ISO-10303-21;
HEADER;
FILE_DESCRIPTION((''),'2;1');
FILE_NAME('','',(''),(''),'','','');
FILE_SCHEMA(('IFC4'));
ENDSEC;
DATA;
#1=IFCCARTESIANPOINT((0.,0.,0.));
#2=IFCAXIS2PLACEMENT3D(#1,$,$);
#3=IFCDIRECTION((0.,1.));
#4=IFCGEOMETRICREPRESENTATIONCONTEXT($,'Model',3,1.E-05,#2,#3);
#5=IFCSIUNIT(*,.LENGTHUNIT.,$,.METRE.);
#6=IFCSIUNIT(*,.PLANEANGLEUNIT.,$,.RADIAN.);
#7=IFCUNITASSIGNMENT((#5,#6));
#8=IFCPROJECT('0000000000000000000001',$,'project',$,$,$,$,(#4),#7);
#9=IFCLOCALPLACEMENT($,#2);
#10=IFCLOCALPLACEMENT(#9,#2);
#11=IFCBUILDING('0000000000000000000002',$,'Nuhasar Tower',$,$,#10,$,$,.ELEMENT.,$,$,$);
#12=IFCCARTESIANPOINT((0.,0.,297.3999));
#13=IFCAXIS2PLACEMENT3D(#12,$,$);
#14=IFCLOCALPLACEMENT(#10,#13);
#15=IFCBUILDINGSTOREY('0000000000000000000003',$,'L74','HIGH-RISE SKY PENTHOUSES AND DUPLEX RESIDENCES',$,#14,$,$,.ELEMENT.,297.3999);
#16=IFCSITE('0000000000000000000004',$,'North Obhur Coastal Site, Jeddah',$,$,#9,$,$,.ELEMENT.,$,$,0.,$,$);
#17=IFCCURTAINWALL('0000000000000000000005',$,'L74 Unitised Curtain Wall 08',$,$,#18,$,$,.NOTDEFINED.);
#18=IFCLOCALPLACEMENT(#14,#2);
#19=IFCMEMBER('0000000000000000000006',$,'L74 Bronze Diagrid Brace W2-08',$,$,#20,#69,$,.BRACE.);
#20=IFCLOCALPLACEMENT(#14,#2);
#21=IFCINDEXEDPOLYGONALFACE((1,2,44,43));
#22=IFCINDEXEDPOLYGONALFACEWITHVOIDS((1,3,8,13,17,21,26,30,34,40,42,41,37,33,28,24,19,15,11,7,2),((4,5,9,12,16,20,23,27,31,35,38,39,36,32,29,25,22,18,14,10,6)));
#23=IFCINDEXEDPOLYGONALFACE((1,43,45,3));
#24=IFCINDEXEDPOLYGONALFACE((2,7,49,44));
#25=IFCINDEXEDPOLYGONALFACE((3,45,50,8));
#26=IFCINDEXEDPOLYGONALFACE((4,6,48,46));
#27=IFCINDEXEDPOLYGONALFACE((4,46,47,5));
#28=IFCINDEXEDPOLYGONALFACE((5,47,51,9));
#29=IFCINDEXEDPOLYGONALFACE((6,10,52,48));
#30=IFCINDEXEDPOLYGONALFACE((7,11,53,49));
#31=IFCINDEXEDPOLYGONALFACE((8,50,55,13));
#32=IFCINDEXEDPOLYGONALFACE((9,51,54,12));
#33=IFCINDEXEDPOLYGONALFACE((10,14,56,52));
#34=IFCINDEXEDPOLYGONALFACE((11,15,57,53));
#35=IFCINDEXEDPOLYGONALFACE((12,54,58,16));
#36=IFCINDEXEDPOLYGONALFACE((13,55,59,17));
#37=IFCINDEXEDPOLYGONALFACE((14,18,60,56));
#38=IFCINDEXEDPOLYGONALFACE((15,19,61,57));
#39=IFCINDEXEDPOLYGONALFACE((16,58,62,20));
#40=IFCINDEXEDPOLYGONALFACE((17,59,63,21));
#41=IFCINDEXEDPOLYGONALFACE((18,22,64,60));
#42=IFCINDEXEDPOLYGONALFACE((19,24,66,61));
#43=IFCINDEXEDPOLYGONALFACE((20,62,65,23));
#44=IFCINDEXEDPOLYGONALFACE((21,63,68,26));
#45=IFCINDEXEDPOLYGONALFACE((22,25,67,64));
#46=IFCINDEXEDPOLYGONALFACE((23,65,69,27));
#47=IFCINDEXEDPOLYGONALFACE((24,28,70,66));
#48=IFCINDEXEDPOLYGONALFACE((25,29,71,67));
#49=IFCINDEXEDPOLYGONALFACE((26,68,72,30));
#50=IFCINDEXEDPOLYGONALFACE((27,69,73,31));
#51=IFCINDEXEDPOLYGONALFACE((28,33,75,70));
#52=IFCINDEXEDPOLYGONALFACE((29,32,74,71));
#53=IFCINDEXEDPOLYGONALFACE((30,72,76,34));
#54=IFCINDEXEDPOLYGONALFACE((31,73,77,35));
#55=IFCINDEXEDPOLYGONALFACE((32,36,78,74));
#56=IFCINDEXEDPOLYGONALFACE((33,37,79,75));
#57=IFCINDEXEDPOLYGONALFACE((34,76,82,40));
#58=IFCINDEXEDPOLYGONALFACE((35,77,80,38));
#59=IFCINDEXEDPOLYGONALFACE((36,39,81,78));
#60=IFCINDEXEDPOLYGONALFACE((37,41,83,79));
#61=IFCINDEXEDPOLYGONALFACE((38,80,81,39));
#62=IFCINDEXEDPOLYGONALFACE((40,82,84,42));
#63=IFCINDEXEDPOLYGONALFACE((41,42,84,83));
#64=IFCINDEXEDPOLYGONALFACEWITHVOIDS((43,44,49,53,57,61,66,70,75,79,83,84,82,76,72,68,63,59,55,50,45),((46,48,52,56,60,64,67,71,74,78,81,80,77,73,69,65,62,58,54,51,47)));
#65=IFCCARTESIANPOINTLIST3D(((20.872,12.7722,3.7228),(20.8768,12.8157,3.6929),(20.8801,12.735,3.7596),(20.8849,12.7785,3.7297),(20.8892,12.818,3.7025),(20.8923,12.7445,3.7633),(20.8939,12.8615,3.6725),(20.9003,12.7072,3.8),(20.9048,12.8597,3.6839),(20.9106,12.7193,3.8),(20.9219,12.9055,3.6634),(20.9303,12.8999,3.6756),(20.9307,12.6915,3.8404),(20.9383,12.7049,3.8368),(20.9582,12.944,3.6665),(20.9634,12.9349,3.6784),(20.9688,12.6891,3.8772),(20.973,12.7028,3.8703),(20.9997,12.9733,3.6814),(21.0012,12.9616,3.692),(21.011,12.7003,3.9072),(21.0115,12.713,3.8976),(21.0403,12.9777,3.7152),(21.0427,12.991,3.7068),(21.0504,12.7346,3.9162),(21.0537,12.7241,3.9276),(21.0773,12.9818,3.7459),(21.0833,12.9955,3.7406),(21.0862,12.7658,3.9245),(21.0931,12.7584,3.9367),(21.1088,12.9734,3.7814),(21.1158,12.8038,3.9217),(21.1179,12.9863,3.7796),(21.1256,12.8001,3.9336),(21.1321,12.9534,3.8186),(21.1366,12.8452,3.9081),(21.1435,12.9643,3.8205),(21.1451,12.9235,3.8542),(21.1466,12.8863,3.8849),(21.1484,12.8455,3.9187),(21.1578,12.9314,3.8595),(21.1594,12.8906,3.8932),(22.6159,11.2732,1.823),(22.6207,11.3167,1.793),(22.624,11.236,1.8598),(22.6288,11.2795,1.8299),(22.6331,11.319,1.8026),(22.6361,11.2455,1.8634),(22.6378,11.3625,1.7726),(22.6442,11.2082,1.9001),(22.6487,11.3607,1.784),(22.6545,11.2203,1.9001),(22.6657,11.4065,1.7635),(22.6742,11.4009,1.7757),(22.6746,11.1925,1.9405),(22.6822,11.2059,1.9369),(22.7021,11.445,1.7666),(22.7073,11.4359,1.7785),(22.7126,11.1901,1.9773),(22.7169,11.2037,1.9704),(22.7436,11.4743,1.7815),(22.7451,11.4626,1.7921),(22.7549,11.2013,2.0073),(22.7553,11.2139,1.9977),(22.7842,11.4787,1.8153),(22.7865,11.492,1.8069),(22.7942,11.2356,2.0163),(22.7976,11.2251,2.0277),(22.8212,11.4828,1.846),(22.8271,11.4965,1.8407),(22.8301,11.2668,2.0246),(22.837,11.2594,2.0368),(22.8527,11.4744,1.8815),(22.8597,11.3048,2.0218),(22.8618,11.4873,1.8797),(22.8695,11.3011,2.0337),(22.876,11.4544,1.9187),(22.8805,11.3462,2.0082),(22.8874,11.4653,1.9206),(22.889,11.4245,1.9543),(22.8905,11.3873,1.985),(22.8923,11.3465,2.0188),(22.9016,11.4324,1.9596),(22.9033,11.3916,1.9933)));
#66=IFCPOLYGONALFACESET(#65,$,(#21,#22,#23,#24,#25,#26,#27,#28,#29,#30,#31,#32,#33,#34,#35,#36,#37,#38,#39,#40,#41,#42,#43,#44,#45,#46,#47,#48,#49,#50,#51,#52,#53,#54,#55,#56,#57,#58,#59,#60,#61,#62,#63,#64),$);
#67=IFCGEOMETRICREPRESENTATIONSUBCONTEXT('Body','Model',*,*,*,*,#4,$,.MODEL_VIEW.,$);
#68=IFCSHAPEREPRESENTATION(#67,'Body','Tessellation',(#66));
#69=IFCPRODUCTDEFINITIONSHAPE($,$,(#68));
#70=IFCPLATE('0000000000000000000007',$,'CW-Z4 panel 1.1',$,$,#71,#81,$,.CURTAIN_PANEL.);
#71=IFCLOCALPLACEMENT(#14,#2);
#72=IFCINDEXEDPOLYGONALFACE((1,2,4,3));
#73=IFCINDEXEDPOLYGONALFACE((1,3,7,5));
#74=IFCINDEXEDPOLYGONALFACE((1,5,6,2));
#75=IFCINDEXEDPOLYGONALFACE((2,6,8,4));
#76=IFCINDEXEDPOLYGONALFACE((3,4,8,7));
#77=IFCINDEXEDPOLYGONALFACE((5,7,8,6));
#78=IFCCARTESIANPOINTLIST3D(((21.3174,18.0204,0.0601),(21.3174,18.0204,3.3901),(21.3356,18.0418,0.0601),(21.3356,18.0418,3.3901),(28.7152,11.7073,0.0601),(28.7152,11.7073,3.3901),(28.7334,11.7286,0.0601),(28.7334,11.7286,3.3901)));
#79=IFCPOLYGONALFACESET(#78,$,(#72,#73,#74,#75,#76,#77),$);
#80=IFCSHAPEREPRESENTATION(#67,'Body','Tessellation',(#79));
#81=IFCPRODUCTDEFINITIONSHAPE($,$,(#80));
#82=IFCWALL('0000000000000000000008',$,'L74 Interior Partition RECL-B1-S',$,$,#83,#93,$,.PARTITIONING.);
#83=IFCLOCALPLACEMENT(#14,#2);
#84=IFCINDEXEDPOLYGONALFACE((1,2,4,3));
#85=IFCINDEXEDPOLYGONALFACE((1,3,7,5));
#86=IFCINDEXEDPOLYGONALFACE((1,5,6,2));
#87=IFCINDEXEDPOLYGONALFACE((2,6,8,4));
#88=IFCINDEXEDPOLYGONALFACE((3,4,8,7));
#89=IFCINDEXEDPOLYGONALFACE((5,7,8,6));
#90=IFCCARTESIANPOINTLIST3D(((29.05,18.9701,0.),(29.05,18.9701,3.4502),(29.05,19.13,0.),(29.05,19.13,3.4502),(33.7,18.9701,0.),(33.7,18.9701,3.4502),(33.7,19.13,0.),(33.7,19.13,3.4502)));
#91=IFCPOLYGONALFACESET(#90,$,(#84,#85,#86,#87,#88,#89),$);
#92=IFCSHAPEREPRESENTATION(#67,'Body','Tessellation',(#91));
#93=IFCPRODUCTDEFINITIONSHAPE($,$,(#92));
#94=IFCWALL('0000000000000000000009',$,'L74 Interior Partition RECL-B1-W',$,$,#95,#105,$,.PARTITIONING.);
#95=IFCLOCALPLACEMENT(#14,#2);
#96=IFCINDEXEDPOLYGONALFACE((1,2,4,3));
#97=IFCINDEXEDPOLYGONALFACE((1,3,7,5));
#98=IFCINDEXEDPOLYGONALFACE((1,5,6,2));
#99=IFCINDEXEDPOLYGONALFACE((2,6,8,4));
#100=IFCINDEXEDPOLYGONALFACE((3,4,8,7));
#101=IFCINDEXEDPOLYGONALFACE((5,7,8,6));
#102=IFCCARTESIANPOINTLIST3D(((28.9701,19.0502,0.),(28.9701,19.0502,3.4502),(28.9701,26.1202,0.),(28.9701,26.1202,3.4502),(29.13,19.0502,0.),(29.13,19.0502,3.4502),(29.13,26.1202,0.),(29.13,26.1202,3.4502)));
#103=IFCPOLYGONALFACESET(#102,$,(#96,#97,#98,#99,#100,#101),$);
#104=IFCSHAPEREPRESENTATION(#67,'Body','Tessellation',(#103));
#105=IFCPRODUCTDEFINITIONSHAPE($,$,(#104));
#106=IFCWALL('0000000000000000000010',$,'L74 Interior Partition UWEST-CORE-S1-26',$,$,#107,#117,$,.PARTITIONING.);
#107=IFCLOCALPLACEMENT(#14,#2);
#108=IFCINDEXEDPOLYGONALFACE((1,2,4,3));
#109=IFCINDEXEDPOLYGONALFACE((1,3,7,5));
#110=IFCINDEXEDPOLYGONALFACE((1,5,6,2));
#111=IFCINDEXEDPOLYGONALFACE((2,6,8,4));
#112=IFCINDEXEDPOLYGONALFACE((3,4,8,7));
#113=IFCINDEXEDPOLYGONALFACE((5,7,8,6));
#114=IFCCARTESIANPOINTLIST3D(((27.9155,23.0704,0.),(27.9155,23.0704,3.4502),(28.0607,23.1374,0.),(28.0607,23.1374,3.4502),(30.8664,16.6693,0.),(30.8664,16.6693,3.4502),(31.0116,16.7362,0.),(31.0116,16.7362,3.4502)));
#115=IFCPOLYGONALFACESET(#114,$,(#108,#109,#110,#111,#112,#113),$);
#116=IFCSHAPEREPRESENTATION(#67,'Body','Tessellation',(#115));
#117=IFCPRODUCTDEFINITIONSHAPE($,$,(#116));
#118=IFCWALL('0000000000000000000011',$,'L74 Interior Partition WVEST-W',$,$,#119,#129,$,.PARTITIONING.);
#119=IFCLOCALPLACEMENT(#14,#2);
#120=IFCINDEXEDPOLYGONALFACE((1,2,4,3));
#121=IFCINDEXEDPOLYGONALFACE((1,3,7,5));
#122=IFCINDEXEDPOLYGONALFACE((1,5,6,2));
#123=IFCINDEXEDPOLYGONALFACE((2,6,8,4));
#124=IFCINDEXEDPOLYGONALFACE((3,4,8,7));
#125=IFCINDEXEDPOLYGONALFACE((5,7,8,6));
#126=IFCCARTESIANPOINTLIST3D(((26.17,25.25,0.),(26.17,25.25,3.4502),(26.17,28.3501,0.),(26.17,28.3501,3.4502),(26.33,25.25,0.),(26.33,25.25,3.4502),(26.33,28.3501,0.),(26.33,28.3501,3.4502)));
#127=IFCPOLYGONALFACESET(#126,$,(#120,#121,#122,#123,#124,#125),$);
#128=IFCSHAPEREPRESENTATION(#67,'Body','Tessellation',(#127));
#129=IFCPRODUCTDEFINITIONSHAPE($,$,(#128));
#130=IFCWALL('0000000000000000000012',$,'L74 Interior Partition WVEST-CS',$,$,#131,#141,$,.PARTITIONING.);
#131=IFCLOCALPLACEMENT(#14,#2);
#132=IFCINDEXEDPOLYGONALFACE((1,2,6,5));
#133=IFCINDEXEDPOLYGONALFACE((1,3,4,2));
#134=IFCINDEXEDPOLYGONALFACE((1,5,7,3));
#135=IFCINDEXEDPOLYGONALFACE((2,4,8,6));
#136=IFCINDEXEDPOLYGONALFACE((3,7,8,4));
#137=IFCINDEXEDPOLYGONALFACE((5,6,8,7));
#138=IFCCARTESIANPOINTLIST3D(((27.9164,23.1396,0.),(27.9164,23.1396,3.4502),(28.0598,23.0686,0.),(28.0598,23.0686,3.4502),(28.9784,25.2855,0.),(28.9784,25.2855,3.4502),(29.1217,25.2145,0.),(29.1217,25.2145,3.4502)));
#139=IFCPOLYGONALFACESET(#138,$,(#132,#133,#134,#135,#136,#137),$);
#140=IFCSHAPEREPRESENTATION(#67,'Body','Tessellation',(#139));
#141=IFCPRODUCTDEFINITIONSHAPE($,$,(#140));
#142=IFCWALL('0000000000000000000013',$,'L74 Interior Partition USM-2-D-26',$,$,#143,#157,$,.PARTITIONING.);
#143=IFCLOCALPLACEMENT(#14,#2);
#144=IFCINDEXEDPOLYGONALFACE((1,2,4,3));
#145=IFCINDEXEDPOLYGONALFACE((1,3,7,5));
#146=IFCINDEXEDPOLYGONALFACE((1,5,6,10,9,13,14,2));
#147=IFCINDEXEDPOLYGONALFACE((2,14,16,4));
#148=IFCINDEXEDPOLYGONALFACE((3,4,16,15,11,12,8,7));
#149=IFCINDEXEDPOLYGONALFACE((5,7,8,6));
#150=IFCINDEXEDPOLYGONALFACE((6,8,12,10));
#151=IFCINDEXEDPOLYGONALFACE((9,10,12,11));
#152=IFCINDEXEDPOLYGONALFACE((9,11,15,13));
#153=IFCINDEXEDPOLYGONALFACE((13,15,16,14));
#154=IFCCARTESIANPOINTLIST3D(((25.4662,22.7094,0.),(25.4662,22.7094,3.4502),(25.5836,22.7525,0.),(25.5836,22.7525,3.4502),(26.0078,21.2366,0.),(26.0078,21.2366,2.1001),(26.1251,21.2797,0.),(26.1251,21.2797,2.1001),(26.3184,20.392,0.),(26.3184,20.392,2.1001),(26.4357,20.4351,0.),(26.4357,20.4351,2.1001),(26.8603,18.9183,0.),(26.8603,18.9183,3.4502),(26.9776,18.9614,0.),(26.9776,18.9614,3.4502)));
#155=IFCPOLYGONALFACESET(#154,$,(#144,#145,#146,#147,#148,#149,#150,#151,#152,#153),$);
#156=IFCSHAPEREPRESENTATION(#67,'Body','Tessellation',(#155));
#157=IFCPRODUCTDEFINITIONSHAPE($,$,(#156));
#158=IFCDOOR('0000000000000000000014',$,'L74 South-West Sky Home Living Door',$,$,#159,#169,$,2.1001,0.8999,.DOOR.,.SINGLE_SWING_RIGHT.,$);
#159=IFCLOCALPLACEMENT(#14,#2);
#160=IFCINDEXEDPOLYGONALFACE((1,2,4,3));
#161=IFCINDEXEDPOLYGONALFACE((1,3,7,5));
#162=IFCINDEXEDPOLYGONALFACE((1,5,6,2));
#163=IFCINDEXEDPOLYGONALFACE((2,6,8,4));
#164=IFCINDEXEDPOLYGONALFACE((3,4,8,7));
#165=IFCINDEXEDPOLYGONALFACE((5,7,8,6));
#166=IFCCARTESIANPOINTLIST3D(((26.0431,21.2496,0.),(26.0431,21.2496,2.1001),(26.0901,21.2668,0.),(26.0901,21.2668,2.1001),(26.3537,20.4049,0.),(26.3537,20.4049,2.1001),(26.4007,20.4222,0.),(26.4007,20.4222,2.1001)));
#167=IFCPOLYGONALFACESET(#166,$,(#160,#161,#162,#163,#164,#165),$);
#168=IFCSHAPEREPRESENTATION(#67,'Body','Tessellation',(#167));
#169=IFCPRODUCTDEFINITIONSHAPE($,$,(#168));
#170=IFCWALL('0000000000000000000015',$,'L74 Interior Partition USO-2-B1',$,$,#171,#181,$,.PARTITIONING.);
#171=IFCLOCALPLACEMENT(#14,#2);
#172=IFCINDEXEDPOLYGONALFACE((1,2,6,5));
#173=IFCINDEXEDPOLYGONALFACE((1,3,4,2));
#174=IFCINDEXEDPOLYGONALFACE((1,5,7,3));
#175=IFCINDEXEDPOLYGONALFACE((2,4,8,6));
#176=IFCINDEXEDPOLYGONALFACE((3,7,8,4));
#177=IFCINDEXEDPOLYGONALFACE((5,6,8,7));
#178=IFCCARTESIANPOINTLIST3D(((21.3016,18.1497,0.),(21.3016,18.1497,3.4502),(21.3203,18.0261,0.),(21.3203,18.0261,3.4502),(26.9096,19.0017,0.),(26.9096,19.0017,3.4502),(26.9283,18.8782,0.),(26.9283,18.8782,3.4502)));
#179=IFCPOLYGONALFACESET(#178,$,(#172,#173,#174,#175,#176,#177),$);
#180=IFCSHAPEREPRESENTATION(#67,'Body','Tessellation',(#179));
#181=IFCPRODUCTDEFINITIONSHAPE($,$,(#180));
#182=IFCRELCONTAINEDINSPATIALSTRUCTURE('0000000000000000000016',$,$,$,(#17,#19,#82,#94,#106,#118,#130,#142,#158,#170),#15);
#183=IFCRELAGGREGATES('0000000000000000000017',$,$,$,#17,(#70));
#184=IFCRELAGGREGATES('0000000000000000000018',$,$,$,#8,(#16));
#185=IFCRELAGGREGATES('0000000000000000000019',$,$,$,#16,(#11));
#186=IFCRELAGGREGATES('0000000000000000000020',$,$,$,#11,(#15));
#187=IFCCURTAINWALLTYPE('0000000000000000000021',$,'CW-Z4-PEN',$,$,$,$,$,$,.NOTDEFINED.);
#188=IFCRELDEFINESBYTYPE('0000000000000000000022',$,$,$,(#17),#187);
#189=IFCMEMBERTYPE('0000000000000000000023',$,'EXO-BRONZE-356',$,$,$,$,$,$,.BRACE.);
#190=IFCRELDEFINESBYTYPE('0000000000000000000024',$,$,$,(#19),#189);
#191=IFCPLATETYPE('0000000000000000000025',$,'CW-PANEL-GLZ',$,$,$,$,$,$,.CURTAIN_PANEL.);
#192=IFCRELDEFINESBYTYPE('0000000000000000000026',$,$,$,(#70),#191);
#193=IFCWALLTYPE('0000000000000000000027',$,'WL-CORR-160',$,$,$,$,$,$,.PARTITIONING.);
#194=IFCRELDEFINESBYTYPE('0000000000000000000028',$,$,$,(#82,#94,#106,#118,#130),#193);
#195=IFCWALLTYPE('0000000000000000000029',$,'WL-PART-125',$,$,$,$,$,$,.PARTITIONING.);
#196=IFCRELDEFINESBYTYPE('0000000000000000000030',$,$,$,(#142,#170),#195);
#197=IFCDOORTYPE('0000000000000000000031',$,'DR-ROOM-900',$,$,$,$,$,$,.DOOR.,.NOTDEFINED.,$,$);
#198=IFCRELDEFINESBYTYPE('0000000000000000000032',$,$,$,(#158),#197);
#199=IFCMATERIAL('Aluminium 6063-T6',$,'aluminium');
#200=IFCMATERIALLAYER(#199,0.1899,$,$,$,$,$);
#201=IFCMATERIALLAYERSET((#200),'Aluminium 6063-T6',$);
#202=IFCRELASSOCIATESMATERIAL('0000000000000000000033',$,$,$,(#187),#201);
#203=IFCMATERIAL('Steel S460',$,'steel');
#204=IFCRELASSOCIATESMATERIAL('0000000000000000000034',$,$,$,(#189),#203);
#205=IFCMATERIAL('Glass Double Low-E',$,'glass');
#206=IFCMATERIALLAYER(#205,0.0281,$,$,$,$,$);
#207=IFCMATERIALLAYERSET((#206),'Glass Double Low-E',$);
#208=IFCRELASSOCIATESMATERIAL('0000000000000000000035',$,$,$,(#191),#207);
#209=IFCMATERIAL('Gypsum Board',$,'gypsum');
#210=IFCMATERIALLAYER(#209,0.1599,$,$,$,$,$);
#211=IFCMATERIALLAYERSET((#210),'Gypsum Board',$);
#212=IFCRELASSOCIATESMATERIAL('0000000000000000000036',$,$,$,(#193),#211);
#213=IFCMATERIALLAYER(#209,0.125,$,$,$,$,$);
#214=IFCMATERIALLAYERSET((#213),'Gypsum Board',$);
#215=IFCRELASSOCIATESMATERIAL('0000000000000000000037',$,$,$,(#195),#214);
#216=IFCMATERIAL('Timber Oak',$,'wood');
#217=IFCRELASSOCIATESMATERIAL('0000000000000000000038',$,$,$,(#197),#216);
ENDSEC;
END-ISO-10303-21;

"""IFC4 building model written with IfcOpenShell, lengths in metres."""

from ifc_helpers import new_model, si_unit, direction, frame, frame_2d, origin, origin_2d, place, context, subcontext, project, spatial, rectangle, hollow_circle, extrude, material, layer, layer_set, material_profile, profile_set, type_object, element, fill, aggregate, save


model = new_model("IFC4")

# Units and contexts
model_context = context("Model", 3, precision=1e-05, world=origin(), true_north=direction((0.0, 1.0)))
body_context = subcontext(model_context, "Body", "Model", "MODEL_VIEW")
ifc_project = project(units=[si_unit("LENGTHUNIT", "METRE"), si_unit("PLANEANGLEUNIT", "RADIAN")], contexts=[model_context])

# Site, building, storey
site_placement = place(None, origin())
site = spatial("IfcSite", under=ifc_project, at=site_placement, Name="North Obhur Coastal Site, Jeddah", CompositionType="ELEMENT", RefElevation=0.0)
building_placement = place(site_placement, origin())
building = spatial("IfcBuilding", under=site, at=building_placement, Name="Nuhasar Tower", CompositionType="ELEMENT")
storey_placement = place(building_placement, frame((0.0, 0.0, 297.3999)))
storey = spatial("IfcBuildingStorey", under=building, at=storey_placement, Name="L74", Description="HIGH-RISE SKY PENTHOUSES AND DUPLEX RESIDENCES", CompositionType="ELEMENT", Elevation=297.3999)

# Curtain wall
ifc_material_1 = material(Name="Aluminium 6063-T6", Category="aluminium")
ifc_layer_1 = layer(ifc_material_1, 0.1899)
ifc_layer_set_1 = layer_set([ifc_layer_1], Name="Aluminium 6063-T6")
curtain_wall_type = type_object("IfcCurtainWallType", Name="CW-Z4-PEN", PredefinedType="NOTDEFINED", material=ifc_layer_set_1)
curtain_wall_1_placement = place(storey_placement, origin())
curtain_wall_1 = element("IfcCurtainWall", 1, at=curtain_wall_1_placement, inside=storey, type_object=curtain_wall_type, Name="L74 Unitised Curtain Wall 08", PredefinedType="NOTDEFINED")

# Member
ifc_material_2 = material(Name="Steel S460", Category="steel")
ifc_material_profile_1 = material_profile(ifc_material_2, hollow_circle(Radius=0.1777, WallThickness=0.0159, at=origin_2d()), Name="HSS355.6X15.9")
ifc_profile_set_1 = profile_set([ifc_material_profile_1], Name="Steel S460")
member_type_1 = type_object("IfcMemberType", Name="EXO-BRONZE-356", PredefinedType="BRACE", material=ifc_profile_set_1)
member_1_placement = place(storey_placement, frame((22.76, 11.343, 1.9001), z_axis=(-0.584625, 0.502534, 0.636925), x_axis=(-0.651857, -0.758342, 0.0)))
element("IfcMember", 2, at=member_1_placement, inside=storey, type_object=member_type_1, Name="L74 Bronze Diagrid Brace W2-08", PredefinedType="BRACE", context=body_context, shape_type="SweptSolid", body=[
    extrude(hollow_circle(Radius=0.1777, WallThickness=0.0159, at=origin_2d()), origin(), (0.0, 0.0, 1.0), 2.9829),
])

# Plate
ifc_material_3 = material(Name="Glass Double Low-E", Category="glass")
ifc_layer_2 = layer(ifc_material_3, 0.0281)
ifc_layer_set_2 = layer_set([ifc_layer_2], Name="Glass Double Low-E")
plate_type = type_object("IfcPlateType", Name="CW-PANEL-GLZ", PredefinedType="CURTAIN_PANEL", material=ifc_layer_set_2)
plate_placement = place(storey_placement, frame((25.0254, 14.8745, 0.0601), z_axis=(0.0, 0.0, 1.0), x_axis=(0.760667, -0.649142, 0.0)))
plate = element("IfcPlate", 3, at=plate_placement, type_object=plate_type, Name="CW-Z4 panel 1.1", PredefinedType="CURTAIN_PANEL", context=body_context, shape_type="SweptSolid", body=[
    extrude(rectangle(XDim=9.7253, YDim=0.0281, at=origin_2d()), origin(), (0.0, 0.0, 1.0), 3.3301),
])
aggregate(curtain_wall_1, [plate])

# Walls
ifc_material_4 = material(Name="Gypsum Board", Category="gypsum")
ifc_layer_3 = layer(ifc_material_4, 0.1599)
ifc_layer_set_3 = layer_set([ifc_layer_3], Name="Gypsum Board")
wall_type_1 = type_object("IfcWallType", Name="WL-CORR-160", PredefinedType="PARTITIONING", material=ifc_layer_set_3)
wall_1_placement = place(storey_placement, frame((29.05, 19.05, 0.0), z_axis=(0.0, 0.0, 1.0), x_axis=(1.0, 0.0, 0.0)))
element("IfcWall", 4, at=wall_1_placement, inside=storey, type_object=wall_type_1, Name="L74 Interior Partition RECL-B1-S", PredefinedType="PARTITIONING", context=body_context, shape_type="SweptSolid", body=[
    extrude(rectangle(XDim=4.6499, YDim=0.1599, at=frame_2d((2.325, 0.0))), origin(), (0.0, 0.0, 1.0), 3.4502),
])
wall_2_placement = place(storey_placement, frame((29.05, 19.05, 0.0), z_axis=(0.0, 0.0, 1.0), x_axis=(0.0, 1.0, 0.0)))
element("IfcWall", 5, at=wall_2_placement, inside=storey, type_object=wall_type_1, Name="L74 Interior Partition RECL-B1-W", PredefinedType="PARTITIONING", context=body_context, shape_type="SweptSolid", body=[
    extrude(rectangle(XDim=7.0701, YDim=0.1599, at=frame_2d((3.5352, 0.0))), origin(), (0.0, 0.0, 1.0), 3.4502),
])
wall_3_placement = place(storey_placement, frame((27.988, 23.104, 0.0), z_axis=(0.0, 0.0, 1.0), x_axis=(0.418656, -0.908145, 0.0)))
element("IfcWall", 6, at=wall_3_placement, inside=storey, type_object=wall_type_1, Name="L74 Interior Partition UWEST-CORE-S1-26", PredefinedType="PARTITIONING", context=body_context, shape_type="SweptSolid", body=[
    extrude(rectangle(XDim=7.0486, YDim=0.1599, at=frame_2d((3.5244, 0.0))), origin(), (0.0, 0.0, 1.0), 3.4502),
])

# Shared definitions
ifc_material_5 = material(Name="Timber Oak", Category="wood")

# Walls
wall_4_placement = place(storey_placement, frame((26.25, 25.25, 0.0), z_axis=(0.0, 0.0, 1.0), x_axis=(0.0, 1.0, 0.0)))
element("IfcWall", 7, at=wall_4_placement, inside=storey, type_object=wall_type_1, Name="L74 Interior Partition WVEST-W", PredefinedType="PARTITIONING", context=body_context, shape_type="SweptSolid", body=[
    extrude(rectangle(XDim=3.1001, YDim=0.1599, at=frame_2d((1.55, 0.0))), origin(), (0.0, 0.0, 1.0), 3.4502),
])
wall_5_placement = place(storey_placement, frame((27.988, 23.104, 0.0), z_axis=(0.0, 0.0, 1.0), x_axis=(0.443539, 0.896255, 0.0)))
element("IfcWall", 8, at=wall_5_placement, inside=storey, type_object=wall_type_1, Name="L74 Interior Partition WVEST-CS", PredefinedType="PARTITIONING", context=body_context, shape_type="SweptSolid", body=[
    extrude(rectangle(XDim=2.3943, YDim=0.1599, at=frame_2d((1.1973, 0.0))), origin(), (0.0, 0.0, 1.0), 3.4502),
])

# Wall, opening, door
ifc_layer_4 = layer(ifc_material_4, 0.125)
ifc_layer_set_4 = layer_set([ifc_layer_4], Name="Gypsum Board")
wall_type_2 = type_object("IfcWallType", Name="WL-PART-125", PredefinedType="PARTITIONING", material=ifc_layer_set_4)
wall_6_placement = place(storey_placement, frame((26.9189, 18.9399, 0.0), z_axis=(0.0, 0.0, 1.0), x_axis=(-0.345128, 0.938556, 0.0)))
wall_6 = element("IfcWall", 9, at=wall_6_placement, inside=storey, type_object=wall_type_2, Name="L74 Interior Partition USM-2-D-26", PredefinedType="PARTITIONING", context=body_context, shape_type="SweptSolid", body=[
    extrude(rectangle(XDim=4.0393, YDim=0.125, at=frame_2d((2.0195, 0.0))), origin(), (0.0, 0.0, 1.0), 3.4502),
])
opening_1_placement = place(wall_6_placement, frame((1.5701, 0.0, 0.0)))
opening_1 = element("IfcOpeningElement", 10, at=opening_1_placement, cuts=wall_6, PredefinedType="OPENING", context=body_context, shape_type="SweptSolid", body=[
    extrude(rectangle(XDim=0.8999, YDim=2.1001, at=frame_2d((0.45, 1.05))), frame((0.0, 0.0725, 0.0), z_axis=(0.0, -1.0, 0.0), x_axis=(1.0, 0.0, 0.0)), (0.0, 0.0, 1.0), 0.145),
])
door_type_1 = type_object("IfcDoorType", Name="DR-ROOM-900", OperationType="NOTDEFINED", PredefinedType="DOOR", material=ifc_material_5)
door_1_placement = place(opening_1_placement, origin())
door_1 = element("IfcDoor", 11, at=door_1_placement, inside=storey, type_object=door_type_1, Name="L74 South-West Sky Home Living Door", OperationType="SINGLE_SWING_RIGHT", OverallHeight=2.1001, OverallWidth=0.8999, PredefinedType="DOOR", context=body_context, shape_type="SweptSolid", body=[
    extrude(rectangle(XDim=0.8999, YDim=2.1001, at=frame_2d((0.45, 1.05))), frame((0.0, 0.0249, 0.0), z_axis=(0.0, -1.0, 0.0), x_axis=(1.0, 0.0, 0.0)), (0.0, 0.0, 1.0), 0.05),
])
fill(opening_1, door_1)

# Wall
wall_7_placement = place(storey_placement, frame((26.9189, 18.9399, 0.0), z_axis=(0.0, 0.0, 1.0), x_axis=(-0.988654, -0.150213, 0.0)))
element("IfcWall", 12, at=wall_7_placement, inside=storey, type_object=wall_type_2, Name="L74 Interior Partition USO-2-B1", PredefinedType="PARTITIONING", context=body_context, shape_type="SweptSolid", body=[
    extrude(rectangle(XDim=5.6724, YDim=0.125, at=frame_2d((2.8362, 0.0))), origin(), (0.0, 0.0, 1.0), 3.4502),
])

save(model, "model.ifc")
